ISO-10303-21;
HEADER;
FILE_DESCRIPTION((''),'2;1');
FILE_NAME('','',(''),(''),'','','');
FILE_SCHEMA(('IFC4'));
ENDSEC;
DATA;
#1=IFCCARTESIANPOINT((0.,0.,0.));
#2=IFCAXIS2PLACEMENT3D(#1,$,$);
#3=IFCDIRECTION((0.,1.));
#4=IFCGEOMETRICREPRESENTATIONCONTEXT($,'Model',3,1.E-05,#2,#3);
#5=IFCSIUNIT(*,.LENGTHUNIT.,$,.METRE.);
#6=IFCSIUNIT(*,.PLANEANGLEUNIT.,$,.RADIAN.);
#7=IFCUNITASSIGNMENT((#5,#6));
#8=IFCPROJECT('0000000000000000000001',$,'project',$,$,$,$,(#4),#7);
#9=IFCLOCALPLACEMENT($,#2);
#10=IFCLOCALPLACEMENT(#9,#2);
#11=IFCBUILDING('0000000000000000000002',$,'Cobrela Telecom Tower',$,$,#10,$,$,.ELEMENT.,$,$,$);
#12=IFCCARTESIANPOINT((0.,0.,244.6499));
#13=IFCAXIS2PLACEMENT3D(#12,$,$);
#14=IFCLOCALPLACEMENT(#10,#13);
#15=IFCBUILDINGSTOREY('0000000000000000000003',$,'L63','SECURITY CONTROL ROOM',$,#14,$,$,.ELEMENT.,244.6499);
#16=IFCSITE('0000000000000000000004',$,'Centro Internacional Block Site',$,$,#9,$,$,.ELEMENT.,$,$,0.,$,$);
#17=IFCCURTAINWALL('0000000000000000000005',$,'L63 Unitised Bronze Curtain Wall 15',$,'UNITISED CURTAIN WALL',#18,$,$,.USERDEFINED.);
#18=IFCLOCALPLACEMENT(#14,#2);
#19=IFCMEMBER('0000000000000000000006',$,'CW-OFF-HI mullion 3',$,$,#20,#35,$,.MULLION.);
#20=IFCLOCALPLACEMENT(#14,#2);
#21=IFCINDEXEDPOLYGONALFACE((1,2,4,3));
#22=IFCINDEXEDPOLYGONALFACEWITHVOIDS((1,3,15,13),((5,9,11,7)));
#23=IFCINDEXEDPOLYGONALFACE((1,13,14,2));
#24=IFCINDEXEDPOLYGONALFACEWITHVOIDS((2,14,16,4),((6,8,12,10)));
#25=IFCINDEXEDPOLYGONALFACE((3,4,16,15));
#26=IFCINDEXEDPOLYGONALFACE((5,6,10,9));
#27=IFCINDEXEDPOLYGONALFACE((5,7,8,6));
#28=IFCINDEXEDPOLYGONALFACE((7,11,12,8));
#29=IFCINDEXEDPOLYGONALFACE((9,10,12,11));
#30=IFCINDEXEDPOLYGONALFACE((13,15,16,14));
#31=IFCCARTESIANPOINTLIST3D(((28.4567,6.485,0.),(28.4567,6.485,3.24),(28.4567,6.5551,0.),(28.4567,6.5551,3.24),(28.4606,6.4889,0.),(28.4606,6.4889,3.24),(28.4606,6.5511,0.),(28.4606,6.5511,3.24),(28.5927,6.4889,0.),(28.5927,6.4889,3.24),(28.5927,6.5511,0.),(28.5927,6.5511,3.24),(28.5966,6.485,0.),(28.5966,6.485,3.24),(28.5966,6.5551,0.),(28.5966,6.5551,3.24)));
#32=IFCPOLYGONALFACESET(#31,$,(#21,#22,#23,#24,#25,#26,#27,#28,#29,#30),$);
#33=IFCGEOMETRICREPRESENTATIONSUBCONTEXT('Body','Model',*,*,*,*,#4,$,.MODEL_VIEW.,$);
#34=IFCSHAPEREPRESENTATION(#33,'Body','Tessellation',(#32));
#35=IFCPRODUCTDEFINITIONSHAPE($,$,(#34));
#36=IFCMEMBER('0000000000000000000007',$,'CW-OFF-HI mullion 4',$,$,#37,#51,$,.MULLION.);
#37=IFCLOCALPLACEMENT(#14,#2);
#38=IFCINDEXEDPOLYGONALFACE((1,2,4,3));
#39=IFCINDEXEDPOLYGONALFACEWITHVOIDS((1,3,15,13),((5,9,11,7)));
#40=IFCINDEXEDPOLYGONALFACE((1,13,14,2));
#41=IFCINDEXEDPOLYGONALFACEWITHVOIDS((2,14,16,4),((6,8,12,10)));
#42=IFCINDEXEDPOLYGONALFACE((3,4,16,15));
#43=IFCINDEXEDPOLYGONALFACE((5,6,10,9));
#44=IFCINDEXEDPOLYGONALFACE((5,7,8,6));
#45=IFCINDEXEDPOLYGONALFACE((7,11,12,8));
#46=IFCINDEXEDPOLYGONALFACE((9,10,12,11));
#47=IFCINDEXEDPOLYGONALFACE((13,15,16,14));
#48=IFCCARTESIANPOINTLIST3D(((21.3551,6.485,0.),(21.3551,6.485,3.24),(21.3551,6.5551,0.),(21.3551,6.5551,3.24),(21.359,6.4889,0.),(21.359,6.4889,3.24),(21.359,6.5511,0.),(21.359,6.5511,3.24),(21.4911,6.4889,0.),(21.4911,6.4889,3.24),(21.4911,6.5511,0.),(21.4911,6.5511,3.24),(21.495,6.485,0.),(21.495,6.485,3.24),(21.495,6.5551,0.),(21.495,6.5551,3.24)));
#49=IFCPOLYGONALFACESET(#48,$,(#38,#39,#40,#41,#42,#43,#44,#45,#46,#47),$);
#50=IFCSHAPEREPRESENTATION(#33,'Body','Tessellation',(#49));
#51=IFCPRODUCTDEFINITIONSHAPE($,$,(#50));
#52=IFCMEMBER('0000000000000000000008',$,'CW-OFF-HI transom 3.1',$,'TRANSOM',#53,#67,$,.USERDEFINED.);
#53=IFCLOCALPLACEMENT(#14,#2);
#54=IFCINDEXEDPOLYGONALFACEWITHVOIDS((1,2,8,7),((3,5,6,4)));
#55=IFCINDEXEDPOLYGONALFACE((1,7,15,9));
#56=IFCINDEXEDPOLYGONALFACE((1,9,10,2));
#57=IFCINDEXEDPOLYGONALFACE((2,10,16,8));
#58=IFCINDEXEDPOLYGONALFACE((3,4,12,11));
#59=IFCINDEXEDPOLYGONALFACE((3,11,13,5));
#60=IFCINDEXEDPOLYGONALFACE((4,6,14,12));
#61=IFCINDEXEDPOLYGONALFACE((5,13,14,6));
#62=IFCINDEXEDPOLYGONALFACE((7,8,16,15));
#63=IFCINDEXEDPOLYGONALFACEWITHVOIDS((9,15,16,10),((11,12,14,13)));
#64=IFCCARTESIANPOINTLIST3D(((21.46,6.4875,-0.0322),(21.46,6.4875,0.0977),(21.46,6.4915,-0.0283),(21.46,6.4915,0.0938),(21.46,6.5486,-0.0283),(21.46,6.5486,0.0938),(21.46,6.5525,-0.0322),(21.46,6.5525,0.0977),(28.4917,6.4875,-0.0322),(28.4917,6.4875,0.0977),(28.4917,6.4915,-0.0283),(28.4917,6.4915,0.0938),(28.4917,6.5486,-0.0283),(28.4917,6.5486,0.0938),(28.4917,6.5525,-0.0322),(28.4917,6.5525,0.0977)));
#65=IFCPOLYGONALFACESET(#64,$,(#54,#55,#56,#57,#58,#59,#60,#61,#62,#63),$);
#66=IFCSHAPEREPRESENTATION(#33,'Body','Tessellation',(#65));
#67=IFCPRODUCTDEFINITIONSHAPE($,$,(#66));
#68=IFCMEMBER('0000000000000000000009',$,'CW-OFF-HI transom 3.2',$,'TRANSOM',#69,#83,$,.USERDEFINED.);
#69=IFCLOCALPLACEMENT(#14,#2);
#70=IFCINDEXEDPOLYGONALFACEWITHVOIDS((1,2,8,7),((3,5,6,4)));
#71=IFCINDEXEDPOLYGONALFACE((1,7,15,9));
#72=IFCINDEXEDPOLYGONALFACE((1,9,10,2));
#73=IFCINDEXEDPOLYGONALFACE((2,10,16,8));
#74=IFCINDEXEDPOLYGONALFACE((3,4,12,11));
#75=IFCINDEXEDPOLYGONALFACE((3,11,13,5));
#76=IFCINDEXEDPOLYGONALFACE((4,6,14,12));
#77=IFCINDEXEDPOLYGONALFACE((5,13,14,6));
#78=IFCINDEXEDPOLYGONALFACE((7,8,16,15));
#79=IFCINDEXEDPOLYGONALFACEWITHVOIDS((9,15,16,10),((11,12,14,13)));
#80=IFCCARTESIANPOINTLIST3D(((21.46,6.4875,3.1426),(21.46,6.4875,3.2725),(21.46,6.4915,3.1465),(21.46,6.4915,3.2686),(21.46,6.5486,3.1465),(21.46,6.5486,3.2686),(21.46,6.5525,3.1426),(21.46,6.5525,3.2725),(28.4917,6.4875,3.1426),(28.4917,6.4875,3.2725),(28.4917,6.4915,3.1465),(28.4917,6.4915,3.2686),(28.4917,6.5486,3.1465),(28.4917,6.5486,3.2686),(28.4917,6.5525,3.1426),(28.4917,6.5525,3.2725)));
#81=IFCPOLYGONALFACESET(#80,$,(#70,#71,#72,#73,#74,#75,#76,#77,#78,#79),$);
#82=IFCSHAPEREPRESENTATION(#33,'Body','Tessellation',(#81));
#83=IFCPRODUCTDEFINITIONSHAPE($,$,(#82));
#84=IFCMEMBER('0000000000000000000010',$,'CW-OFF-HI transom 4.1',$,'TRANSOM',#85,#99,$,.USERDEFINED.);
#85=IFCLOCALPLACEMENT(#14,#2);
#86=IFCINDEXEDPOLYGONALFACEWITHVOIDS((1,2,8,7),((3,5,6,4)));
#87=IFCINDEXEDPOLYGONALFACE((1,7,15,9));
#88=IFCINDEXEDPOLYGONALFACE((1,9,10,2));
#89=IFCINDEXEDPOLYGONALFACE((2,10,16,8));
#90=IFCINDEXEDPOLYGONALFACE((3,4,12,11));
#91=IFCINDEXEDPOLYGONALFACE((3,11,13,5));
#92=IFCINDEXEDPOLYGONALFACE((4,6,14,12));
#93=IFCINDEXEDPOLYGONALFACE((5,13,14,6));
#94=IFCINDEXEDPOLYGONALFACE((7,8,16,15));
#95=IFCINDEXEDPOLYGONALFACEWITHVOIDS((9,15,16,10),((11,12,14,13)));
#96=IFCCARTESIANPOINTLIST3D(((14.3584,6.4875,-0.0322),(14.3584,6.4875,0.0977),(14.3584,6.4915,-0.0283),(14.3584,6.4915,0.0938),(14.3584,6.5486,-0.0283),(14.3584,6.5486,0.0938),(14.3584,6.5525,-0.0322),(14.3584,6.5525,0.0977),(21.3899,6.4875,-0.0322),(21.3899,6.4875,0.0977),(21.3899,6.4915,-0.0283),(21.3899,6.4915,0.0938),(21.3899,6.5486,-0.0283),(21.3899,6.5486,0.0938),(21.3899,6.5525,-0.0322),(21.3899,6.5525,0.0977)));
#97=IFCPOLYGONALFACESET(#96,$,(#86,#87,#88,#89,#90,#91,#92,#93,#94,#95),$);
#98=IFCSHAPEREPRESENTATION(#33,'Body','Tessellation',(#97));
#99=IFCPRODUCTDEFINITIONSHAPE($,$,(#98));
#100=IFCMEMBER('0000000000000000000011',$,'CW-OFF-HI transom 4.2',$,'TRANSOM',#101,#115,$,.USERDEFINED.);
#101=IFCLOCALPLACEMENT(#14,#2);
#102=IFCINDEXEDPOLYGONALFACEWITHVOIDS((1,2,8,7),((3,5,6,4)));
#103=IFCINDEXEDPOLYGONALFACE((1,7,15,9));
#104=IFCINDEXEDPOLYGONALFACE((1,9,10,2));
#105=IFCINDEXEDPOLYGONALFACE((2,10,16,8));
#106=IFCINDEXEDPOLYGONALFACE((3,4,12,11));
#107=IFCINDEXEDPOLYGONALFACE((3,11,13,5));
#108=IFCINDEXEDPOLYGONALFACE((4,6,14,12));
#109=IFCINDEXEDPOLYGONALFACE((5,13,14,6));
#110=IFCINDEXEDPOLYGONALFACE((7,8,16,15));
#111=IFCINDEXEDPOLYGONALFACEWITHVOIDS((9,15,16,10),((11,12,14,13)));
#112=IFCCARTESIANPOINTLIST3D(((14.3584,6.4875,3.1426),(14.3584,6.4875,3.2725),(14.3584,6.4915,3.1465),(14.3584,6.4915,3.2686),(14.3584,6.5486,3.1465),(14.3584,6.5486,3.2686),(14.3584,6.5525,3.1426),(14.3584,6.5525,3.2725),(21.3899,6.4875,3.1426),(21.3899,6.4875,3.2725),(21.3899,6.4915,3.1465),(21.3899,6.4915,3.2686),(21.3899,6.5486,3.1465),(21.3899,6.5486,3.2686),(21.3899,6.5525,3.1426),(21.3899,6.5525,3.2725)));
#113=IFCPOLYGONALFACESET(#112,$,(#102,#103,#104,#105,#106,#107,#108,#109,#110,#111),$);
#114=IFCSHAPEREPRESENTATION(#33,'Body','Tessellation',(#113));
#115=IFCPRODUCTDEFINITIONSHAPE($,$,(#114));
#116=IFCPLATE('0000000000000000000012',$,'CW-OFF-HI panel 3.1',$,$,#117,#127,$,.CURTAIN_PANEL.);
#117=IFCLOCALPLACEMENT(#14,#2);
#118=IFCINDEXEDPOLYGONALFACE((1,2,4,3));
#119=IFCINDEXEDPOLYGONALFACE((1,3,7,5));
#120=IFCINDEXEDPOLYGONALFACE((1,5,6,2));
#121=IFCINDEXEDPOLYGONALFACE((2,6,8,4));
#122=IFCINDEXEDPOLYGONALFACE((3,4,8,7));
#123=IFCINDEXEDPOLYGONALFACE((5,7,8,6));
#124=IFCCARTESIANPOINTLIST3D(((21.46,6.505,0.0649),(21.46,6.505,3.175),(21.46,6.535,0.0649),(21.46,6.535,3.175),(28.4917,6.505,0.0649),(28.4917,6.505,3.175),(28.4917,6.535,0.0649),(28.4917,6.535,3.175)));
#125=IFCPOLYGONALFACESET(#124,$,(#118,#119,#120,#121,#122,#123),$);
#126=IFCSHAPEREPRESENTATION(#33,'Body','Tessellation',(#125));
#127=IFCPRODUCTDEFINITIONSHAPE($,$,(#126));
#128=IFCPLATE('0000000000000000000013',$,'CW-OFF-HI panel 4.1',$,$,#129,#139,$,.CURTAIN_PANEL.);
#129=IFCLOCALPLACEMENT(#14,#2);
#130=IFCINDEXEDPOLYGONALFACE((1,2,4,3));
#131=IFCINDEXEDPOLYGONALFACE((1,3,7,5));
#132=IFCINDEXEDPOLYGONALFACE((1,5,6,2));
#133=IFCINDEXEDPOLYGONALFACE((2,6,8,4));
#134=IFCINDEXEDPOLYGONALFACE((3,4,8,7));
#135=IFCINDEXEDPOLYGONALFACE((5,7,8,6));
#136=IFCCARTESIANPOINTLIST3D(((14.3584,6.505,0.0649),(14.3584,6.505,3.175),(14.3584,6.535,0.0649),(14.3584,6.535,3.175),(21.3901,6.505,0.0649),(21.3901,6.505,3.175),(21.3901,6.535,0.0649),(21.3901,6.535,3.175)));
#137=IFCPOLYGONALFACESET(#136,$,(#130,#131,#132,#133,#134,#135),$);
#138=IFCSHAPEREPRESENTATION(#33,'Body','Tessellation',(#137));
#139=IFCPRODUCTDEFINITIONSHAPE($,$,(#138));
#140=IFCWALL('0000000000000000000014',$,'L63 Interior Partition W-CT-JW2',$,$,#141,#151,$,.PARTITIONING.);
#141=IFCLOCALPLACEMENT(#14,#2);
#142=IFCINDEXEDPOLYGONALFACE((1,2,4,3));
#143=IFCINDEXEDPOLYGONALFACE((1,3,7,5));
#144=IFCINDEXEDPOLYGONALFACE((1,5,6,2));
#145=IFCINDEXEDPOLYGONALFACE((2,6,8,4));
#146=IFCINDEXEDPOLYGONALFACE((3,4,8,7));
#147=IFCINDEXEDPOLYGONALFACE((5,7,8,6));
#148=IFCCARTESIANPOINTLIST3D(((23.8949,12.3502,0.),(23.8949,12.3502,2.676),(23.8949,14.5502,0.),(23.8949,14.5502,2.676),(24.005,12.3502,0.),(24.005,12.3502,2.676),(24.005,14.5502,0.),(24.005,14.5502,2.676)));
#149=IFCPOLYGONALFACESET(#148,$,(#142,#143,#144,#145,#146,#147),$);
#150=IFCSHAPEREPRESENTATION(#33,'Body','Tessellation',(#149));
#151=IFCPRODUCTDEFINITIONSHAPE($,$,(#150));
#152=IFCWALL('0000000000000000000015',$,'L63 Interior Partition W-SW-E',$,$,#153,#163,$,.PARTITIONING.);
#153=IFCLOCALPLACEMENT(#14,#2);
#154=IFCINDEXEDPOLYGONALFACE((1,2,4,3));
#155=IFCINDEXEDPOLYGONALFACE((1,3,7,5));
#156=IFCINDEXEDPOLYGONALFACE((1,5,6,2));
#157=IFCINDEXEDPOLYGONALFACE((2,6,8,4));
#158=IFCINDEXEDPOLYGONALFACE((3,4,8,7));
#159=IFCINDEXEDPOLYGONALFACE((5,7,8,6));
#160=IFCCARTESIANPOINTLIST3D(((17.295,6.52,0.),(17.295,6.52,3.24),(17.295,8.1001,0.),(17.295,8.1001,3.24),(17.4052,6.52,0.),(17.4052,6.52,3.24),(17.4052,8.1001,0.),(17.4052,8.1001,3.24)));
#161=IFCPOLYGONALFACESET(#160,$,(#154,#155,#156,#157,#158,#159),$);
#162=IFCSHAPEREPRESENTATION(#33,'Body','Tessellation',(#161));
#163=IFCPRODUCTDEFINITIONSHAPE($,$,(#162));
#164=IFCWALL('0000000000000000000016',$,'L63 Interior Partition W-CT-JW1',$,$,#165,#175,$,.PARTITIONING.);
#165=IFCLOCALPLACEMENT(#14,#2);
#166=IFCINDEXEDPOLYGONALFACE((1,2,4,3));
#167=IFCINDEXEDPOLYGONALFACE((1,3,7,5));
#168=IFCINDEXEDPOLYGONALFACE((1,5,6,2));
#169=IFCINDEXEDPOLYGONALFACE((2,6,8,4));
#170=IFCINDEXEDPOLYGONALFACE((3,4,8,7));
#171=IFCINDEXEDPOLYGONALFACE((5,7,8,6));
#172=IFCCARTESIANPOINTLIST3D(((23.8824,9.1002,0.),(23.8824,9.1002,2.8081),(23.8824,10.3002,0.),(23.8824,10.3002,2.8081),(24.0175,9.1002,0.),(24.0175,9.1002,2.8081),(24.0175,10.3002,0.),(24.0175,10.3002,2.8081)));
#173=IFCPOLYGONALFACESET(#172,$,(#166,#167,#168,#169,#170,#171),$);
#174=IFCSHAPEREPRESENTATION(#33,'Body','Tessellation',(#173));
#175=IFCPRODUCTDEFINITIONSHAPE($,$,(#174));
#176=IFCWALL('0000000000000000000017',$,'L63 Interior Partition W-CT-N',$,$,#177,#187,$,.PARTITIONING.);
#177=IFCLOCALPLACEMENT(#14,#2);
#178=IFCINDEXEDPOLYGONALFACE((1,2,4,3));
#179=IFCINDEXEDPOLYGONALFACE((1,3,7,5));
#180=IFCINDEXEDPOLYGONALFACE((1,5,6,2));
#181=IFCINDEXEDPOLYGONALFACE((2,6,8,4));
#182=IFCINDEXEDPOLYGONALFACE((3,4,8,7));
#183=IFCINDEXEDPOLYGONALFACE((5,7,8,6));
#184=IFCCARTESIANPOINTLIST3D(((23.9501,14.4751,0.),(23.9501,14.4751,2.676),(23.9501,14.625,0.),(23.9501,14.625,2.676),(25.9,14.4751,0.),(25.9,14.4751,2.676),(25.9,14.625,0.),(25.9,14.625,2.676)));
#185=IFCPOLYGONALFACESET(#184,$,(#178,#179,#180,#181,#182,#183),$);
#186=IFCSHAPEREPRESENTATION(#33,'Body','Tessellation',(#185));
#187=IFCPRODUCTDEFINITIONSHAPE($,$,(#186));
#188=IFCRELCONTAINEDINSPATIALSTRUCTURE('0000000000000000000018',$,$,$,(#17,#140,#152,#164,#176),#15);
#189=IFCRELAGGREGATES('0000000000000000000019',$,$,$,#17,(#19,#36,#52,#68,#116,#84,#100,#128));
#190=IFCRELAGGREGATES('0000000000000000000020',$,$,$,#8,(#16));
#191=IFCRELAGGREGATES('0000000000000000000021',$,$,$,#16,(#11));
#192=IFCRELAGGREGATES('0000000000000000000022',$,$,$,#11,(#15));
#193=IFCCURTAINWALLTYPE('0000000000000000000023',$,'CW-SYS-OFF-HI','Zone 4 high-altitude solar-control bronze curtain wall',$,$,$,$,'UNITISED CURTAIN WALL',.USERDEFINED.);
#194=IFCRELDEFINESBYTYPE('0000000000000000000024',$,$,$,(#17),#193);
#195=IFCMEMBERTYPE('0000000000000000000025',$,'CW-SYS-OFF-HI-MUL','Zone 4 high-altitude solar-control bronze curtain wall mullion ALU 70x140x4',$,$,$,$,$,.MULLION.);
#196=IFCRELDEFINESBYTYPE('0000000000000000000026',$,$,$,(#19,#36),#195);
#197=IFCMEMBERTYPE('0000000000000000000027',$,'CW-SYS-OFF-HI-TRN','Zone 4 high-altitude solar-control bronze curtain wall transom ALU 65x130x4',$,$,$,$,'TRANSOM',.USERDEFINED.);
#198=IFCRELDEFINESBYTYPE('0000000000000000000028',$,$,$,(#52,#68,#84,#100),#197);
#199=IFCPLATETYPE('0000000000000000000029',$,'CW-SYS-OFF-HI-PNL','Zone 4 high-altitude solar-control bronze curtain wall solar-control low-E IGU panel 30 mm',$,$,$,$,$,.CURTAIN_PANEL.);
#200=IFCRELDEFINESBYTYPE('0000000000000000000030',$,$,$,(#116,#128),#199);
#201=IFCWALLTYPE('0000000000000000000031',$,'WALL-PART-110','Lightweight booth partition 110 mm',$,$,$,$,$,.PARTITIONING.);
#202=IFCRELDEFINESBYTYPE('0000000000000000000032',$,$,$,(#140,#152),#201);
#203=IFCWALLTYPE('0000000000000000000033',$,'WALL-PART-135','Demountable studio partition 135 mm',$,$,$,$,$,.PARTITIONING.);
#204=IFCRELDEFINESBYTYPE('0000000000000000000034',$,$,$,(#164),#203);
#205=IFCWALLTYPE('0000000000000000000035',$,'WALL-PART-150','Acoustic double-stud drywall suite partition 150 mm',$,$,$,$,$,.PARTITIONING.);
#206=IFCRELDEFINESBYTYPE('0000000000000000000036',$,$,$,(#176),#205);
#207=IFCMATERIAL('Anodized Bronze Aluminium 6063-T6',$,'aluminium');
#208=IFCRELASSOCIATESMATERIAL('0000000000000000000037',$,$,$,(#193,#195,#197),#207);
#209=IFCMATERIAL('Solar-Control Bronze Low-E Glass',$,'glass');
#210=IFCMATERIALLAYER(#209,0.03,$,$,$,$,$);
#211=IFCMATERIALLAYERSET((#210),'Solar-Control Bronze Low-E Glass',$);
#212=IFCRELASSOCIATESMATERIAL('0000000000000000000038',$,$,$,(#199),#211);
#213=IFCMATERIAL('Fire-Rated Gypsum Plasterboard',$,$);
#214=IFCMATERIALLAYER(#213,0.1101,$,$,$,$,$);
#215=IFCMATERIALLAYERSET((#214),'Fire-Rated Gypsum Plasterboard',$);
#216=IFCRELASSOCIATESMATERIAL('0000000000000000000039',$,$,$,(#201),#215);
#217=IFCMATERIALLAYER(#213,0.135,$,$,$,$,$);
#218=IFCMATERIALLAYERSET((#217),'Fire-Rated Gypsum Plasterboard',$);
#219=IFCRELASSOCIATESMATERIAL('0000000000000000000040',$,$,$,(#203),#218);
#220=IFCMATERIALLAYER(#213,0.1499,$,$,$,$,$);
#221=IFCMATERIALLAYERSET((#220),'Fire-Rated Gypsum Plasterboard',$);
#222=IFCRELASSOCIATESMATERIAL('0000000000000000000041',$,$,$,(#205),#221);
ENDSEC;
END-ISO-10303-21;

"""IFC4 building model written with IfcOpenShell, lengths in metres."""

from ifc_helpers import new_model, si_unit, direction, frame, frame_2d, origin, origin_2d, place, context, subcontext, project, spatial, rectangle, hollow_rectangle, extrude, material, layer, layer_set, material_profile, profile_set, type_object, element, aggregate, save


model = new_model("IFC4")

# Units and contexts
model_context = context("Model", 3, precision=1e-05, world=origin(), true_north=direction((0.0, 1.0)))
body_context = subcontext(model_context, "Body", "Model", "MODEL_VIEW")
ifc_project = project(units=[si_unit("LENGTHUNIT", "METRE"), si_unit("PLANEANGLEUNIT", "RADIAN")], contexts=[model_context])

# Site, building, storey
site_placement = place(None, origin())
site = spatial("IfcSite", under=ifc_project, at=site_placement, Name="Centro Internacional Block Site", CompositionType="ELEMENT", RefElevation=0.0)
building_placement = place(site_placement, origin())
building = spatial("IfcBuilding", under=site, at=building_placement, Name="Cobrela Telecom Tower", CompositionType="ELEMENT")
storey_placement = place(building_placement, frame((0.0, 0.0, 244.6499)))
storey = spatial("IfcBuildingStorey", under=building, at=storey_placement, Name="L63", Description="SECURITY CONTROL ROOM", CompositionType="ELEMENT", Elevation=244.6499)

# Curtain wall, members, plates
ifc_material_1 = material(Name="Anodized Bronze Aluminium 6063-T6", Category="aluminium")
curtain_wall_type = type_object("IfcCurtainWallType", Name="CW-SYS-OFF-HI", Description="Zone 4 high-altitude solar-control bronze curtain wall", ElementType="UNITISED CURTAIN WALL", PredefinedType="USERDEFINED", material=ifc_material_1)
curtain_wall_placement = place(storey_placement, origin())
curtain_wall = element("IfcCurtainWall", 1, at=curtain_wall_placement, inside=storey, type_object=curtain_wall_type, Name="L63 Unitised Bronze Curtain Wall 15", ObjectType="UNITISED CURTAIN WALL", PredefinedType="USERDEFINED")
ifc_material_profile_1 = material_profile(ifc_material_1, hollow_rectangle(XDim=0.0701, YDim=0.1399, WallThickness=0.0039, at=origin_2d()), Name="ALU 70x140x4")
ifc_profile_set_1 = profile_set([ifc_material_profile_1], Name="Anodized Bronze Aluminium 6063-T6")
member_type_1 = type_object("IfcMemberType", Name="CW-SYS-OFF-HI-MUL", Description="Zone 4 high-altitude solar-control bronze curtain wall mullion ALU 70x140x4", PredefinedType="MULLION", material=ifc_profile_set_1)
member_1_placement = place(storey_placement, frame((28.5266, 6.52, 0.0), z_axis=(0.0, 0.0, 1.0), x_axis=(0.0, -1.0, 0.0)))
member_1 = element("IfcMember", 2, at=member_1_placement, type_object=member_type_1, Name="CW-OFF-HI mullion 3", PredefinedType="MULLION", context=body_context, shape_type="SweptSolid", body=[
    extrude(hollow_rectangle(XDim=0.0701, YDim=0.1399, WallThickness=0.0039, at=origin_2d()), origin(), (0.0, 0.0, 1.0), 3.24),
])
member_2_placement = place(storey_placement, frame((21.425, 6.52, 0.0), z_axis=(0.0, 0.0, 1.0), x_axis=(0.0, -1.0, 0.0)))
member_2 = element("IfcMember", 3, at=member_2_placement, type_object=member_type_1, Name="CW-OFF-HI mullion 4", PredefinedType="MULLION", context=body_context, shape_type="SweptSolid", body=[
    extrude(hollow_rectangle(XDim=0.0701, YDim=0.1399, WallThickness=0.0039, at=origin_2d()), origin(), (0.0, 0.0, 1.0), 3.24),
])
ifc_material_profile_2 = material_profile(ifc_material_1, hollow_rectangle(XDim=0.0649, YDim=0.1299, WallThickness=0.0039, at=origin_2d()), Name="ALU 65x130x4")
ifc_profile_set_2 = profile_set([ifc_material_profile_2], Name="Anodized Bronze Aluminium 6063-T6")
member_type_2 = type_object("IfcMemberType", Name="CW-SYS-OFF-HI-TRN", Description="Zone 4 high-altitude solar-control bronze curtain wall transom ALU 65x130x4", ElementType="TRANSOM", PredefinedType="USERDEFINED", material=ifc_profile_set_2)
member_3_placement = place(storey_placement, frame((28.4917, 6.52, 0.0327), z_axis=(-1.0, 0.0, 0.0), x_axis=(0.0, -1.0, 0.0)))
member_3 = element("IfcMember", 4, at=member_3_placement, type_object=member_type_2, Name="CW-OFF-HI transom 3.1", ObjectType="TRANSOM", PredefinedType="USERDEFINED", context=body_context, shape_type="SweptSolid", body=[
    extrude(hollow_rectangle(XDim=0.0649, YDim=0.1299, WallThickness=0.0039, at=origin_2d()), origin(), (0.0, 0.0, 1.0), 7.0317),
])
member_4_placement = place(storey_placement, frame((28.4917, 6.52, 3.2075), z_axis=(-1.0, 0.0, 0.0), x_axis=(0.0, -1.0, 0.0)))
member_4 = element("IfcMember", 5, at=member_4_placement, type_object=member_type_2, Name="CW-OFF-HI transom 3.2", ObjectType="TRANSOM", PredefinedType="USERDEFINED", context=body_context, shape_type="SweptSolid", body=[
    extrude(hollow_rectangle(XDim=0.0649, YDim=0.1299, WallThickness=0.0039, at=origin_2d()), origin(), (0.0, 0.0, 1.0), 7.0317),
])
member_5_placement = place(storey_placement, frame((21.3899, 6.52, 0.0327), z_axis=(-1.0, 0.0, 0.0), x_axis=(0.0, -1.0, 0.0)))
member_5 = element("IfcMember", 6, at=member_5_placement, type_object=member_type_2, Name="CW-OFF-HI transom 4.1", ObjectType="TRANSOM", PredefinedType="USERDEFINED", context=body_context, shape_type="SweptSolid", body=[
    extrude(hollow_rectangle(XDim=0.0649, YDim=0.1299, WallThickness=0.0039, at=origin_2d()), origin(), (0.0, 0.0, 1.0), 7.0315),
])
member_6_placement = place(storey_placement, frame((21.3899, 6.52, 3.2075), z_axis=(-1.0, 0.0, 0.0), x_axis=(0.0, -1.0, 0.0)))
member_6 = element("IfcMember", 7, at=member_6_placement, type_object=member_type_2, Name="CW-OFF-HI transom 4.2", ObjectType="TRANSOM", PredefinedType="USERDEFINED", context=body_context, shape_type="SweptSolid", body=[
    extrude(hollow_rectangle(XDim=0.0649, YDim=0.1299, WallThickness=0.0039, at=origin_2d()), origin(), (0.0, 0.0, 1.0), 7.0315),
])
ifc_material_2 = material(Name="Solar-Control Bronze Low-E Glass", Category="glass")
ifc_layer_1 = layer(ifc_material_2, 0.03)
ifc_layer_set_1 = layer_set([ifc_layer_1], Name="Solar-Control Bronze Low-E Glass")
plate_type = type_object("IfcPlateType", Name="CW-SYS-OFF-HI-PNL", Description="Zone 4 high-altitude solar-control bronze curtain wall solar-control low-E IGU panel 30 mm", PredefinedType="CURTAIN_PANEL", material=ifc_layer_set_1)
plate_1_placement = place(storey_placement, frame((24.9758, 6.52, 0.0649), z_axis=(0.0, 0.0, 1.0), x_axis=(-1.0, 0.0, 0.0)))
plate_1 = element("IfcPlate", 8, at=plate_1_placement, type_object=plate_type, Name="CW-OFF-HI panel 3.1", PredefinedType="CURTAIN_PANEL", context=body_context, shape_type="SweptSolid", body=[
    extrude(rectangle(XDim=7.0317, YDim=0.03, at=origin_2d()), origin(), (0.0, 0.0, 1.0), 3.1101),
])
plate_2_placement = place(storey_placement, frame((17.8743, 6.52, 0.0649), z_axis=(0.0, 0.0, 1.0), x_axis=(-1.0, 0.0, 0.0)))
plate_2 = element("IfcPlate", 9, at=plate_2_placement, type_object=plate_type, Name="CW-OFF-HI panel 4.1", PredefinedType="CURTAIN_PANEL", context=body_context, shape_type="SweptSolid", body=[
    extrude(rectangle(XDim=7.0317, YDim=0.03, at=origin_2d()), origin(), (0.0, 0.0, 1.0), 3.1101),
])
aggregate(curtain_wall, [member_1, member_2, member_3, member_4, plate_1, member_5, member_6, plate_2])

# Walls
ifc_material_3 = material(Name="Fire-Rated Gypsum Plasterboard")
ifc_layer_2 = layer(ifc_material_3, 0.1101)
ifc_layer_set_2 = layer_set([ifc_layer_2], Name="Fire-Rated Gypsum Plasterboard")
wall_type_1 = type_object("IfcWallType", Name="WALL-PART-110", Description="Lightweight booth partition 110 mm", PredefinedType="PARTITIONING", material=ifc_layer_set_2)
wall_1_placement = place(storey_placement, frame((23.95, 12.3501, 0.0), z_axis=(0.0, 0.0, 1.0), x_axis=(0.0, 1.0, 0.0)))
element("IfcWall", 10, at=wall_1_placement, inside=storey, type_object=wall_type_1, Name="L63 Interior Partition W-CT-JW2", PredefinedType="PARTITIONING", context=body_context, shape_type="SweptSolid", body=[
    extrude(rectangle(XDim=2.2, YDim=0.1101, at=frame_2d((1.1001, 0.0))), origin(), (0.0, 0.0, 1.0), 2.676),
])
wall_2_placement = place(storey_placement, frame((17.3501, 6.52, 0.0), z_axis=(0.0, 0.0, 1.0), x_axis=(0.0, 1.0, 0.0)))
element("IfcWall", 11, at=wall_2_placement, inside=storey, type_object=wall_type_1, Name="L63 Interior Partition W-SW-E", PredefinedType="PARTITIONING", context=body_context, shape_type="SweptSolid", body=[
    extrude(rectangle(XDim=1.5801, YDim=0.1101, at=frame_2d((0.79, 0.0))), origin(), (0.0, 0.0, 1.0), 3.24),
])
ifc_layer_3 = layer(ifc_material_3, 0.135)
ifc_layer_set_3 = layer_set([ifc_layer_3], Name="Fire-Rated Gypsum Plasterboard")
wall_type_2 = type_object("IfcWallType", Name="WALL-PART-135", Description="Demountable studio partition 135 mm", PredefinedType="PARTITIONING", material=ifc_layer_set_3)
wall_3_placement = place(storey_placement, frame((23.95, 9.1001, 0.0), z_axis=(0.0, 0.0, 1.0), x_axis=(0.0, 1.0, 0.0)))
element("IfcWall", 12, at=wall_3_placement, inside=storey, type_object=wall_type_2, Name="L63 Interior Partition W-CT-JW1", PredefinedType="PARTITIONING", context=body_context, shape_type="SweptSolid", body=[
    extrude(rectangle(XDim=1.2, YDim=0.135, at=frame_2d((0.6001, 0.0))), origin(), (0.0, 0.0, 1.0), 2.8081),
])
ifc_layer_4 = layer(ifc_material_3, 0.1499)
ifc_layer_set_4 = layer_set([ifc_layer_4], Name="Fire-Rated Gypsum Plasterboard")
wall_type_3 = type_object("IfcWallType", Name="WALL-PART-150", Description="Acoustic double-stud drywall suite partition 150 mm", PredefinedType="PARTITIONING", material=ifc_layer_set_4)
wall_4_placement = place(storey_placement, frame((23.95, 14.55, 0.0), z_axis=(0.0, 0.0, 1.0), x_axis=(1.0, 0.0, 0.0)))
element("IfcWall", 13, at=wall_4_placement, inside=storey, type_object=wall_type_3, Name="L63 Interior Partition W-CT-N", PredefinedType="PARTITIONING", context=body_context, shape_type="SweptSolid", body=[
    extrude(rectangle(XDim=1.95, YDim=0.1499, at=frame_2d((0.9751, 0.0))), origin(), (0.0, 0.0, 1.0), 2.676),
])

save(model, "model.ifc")
